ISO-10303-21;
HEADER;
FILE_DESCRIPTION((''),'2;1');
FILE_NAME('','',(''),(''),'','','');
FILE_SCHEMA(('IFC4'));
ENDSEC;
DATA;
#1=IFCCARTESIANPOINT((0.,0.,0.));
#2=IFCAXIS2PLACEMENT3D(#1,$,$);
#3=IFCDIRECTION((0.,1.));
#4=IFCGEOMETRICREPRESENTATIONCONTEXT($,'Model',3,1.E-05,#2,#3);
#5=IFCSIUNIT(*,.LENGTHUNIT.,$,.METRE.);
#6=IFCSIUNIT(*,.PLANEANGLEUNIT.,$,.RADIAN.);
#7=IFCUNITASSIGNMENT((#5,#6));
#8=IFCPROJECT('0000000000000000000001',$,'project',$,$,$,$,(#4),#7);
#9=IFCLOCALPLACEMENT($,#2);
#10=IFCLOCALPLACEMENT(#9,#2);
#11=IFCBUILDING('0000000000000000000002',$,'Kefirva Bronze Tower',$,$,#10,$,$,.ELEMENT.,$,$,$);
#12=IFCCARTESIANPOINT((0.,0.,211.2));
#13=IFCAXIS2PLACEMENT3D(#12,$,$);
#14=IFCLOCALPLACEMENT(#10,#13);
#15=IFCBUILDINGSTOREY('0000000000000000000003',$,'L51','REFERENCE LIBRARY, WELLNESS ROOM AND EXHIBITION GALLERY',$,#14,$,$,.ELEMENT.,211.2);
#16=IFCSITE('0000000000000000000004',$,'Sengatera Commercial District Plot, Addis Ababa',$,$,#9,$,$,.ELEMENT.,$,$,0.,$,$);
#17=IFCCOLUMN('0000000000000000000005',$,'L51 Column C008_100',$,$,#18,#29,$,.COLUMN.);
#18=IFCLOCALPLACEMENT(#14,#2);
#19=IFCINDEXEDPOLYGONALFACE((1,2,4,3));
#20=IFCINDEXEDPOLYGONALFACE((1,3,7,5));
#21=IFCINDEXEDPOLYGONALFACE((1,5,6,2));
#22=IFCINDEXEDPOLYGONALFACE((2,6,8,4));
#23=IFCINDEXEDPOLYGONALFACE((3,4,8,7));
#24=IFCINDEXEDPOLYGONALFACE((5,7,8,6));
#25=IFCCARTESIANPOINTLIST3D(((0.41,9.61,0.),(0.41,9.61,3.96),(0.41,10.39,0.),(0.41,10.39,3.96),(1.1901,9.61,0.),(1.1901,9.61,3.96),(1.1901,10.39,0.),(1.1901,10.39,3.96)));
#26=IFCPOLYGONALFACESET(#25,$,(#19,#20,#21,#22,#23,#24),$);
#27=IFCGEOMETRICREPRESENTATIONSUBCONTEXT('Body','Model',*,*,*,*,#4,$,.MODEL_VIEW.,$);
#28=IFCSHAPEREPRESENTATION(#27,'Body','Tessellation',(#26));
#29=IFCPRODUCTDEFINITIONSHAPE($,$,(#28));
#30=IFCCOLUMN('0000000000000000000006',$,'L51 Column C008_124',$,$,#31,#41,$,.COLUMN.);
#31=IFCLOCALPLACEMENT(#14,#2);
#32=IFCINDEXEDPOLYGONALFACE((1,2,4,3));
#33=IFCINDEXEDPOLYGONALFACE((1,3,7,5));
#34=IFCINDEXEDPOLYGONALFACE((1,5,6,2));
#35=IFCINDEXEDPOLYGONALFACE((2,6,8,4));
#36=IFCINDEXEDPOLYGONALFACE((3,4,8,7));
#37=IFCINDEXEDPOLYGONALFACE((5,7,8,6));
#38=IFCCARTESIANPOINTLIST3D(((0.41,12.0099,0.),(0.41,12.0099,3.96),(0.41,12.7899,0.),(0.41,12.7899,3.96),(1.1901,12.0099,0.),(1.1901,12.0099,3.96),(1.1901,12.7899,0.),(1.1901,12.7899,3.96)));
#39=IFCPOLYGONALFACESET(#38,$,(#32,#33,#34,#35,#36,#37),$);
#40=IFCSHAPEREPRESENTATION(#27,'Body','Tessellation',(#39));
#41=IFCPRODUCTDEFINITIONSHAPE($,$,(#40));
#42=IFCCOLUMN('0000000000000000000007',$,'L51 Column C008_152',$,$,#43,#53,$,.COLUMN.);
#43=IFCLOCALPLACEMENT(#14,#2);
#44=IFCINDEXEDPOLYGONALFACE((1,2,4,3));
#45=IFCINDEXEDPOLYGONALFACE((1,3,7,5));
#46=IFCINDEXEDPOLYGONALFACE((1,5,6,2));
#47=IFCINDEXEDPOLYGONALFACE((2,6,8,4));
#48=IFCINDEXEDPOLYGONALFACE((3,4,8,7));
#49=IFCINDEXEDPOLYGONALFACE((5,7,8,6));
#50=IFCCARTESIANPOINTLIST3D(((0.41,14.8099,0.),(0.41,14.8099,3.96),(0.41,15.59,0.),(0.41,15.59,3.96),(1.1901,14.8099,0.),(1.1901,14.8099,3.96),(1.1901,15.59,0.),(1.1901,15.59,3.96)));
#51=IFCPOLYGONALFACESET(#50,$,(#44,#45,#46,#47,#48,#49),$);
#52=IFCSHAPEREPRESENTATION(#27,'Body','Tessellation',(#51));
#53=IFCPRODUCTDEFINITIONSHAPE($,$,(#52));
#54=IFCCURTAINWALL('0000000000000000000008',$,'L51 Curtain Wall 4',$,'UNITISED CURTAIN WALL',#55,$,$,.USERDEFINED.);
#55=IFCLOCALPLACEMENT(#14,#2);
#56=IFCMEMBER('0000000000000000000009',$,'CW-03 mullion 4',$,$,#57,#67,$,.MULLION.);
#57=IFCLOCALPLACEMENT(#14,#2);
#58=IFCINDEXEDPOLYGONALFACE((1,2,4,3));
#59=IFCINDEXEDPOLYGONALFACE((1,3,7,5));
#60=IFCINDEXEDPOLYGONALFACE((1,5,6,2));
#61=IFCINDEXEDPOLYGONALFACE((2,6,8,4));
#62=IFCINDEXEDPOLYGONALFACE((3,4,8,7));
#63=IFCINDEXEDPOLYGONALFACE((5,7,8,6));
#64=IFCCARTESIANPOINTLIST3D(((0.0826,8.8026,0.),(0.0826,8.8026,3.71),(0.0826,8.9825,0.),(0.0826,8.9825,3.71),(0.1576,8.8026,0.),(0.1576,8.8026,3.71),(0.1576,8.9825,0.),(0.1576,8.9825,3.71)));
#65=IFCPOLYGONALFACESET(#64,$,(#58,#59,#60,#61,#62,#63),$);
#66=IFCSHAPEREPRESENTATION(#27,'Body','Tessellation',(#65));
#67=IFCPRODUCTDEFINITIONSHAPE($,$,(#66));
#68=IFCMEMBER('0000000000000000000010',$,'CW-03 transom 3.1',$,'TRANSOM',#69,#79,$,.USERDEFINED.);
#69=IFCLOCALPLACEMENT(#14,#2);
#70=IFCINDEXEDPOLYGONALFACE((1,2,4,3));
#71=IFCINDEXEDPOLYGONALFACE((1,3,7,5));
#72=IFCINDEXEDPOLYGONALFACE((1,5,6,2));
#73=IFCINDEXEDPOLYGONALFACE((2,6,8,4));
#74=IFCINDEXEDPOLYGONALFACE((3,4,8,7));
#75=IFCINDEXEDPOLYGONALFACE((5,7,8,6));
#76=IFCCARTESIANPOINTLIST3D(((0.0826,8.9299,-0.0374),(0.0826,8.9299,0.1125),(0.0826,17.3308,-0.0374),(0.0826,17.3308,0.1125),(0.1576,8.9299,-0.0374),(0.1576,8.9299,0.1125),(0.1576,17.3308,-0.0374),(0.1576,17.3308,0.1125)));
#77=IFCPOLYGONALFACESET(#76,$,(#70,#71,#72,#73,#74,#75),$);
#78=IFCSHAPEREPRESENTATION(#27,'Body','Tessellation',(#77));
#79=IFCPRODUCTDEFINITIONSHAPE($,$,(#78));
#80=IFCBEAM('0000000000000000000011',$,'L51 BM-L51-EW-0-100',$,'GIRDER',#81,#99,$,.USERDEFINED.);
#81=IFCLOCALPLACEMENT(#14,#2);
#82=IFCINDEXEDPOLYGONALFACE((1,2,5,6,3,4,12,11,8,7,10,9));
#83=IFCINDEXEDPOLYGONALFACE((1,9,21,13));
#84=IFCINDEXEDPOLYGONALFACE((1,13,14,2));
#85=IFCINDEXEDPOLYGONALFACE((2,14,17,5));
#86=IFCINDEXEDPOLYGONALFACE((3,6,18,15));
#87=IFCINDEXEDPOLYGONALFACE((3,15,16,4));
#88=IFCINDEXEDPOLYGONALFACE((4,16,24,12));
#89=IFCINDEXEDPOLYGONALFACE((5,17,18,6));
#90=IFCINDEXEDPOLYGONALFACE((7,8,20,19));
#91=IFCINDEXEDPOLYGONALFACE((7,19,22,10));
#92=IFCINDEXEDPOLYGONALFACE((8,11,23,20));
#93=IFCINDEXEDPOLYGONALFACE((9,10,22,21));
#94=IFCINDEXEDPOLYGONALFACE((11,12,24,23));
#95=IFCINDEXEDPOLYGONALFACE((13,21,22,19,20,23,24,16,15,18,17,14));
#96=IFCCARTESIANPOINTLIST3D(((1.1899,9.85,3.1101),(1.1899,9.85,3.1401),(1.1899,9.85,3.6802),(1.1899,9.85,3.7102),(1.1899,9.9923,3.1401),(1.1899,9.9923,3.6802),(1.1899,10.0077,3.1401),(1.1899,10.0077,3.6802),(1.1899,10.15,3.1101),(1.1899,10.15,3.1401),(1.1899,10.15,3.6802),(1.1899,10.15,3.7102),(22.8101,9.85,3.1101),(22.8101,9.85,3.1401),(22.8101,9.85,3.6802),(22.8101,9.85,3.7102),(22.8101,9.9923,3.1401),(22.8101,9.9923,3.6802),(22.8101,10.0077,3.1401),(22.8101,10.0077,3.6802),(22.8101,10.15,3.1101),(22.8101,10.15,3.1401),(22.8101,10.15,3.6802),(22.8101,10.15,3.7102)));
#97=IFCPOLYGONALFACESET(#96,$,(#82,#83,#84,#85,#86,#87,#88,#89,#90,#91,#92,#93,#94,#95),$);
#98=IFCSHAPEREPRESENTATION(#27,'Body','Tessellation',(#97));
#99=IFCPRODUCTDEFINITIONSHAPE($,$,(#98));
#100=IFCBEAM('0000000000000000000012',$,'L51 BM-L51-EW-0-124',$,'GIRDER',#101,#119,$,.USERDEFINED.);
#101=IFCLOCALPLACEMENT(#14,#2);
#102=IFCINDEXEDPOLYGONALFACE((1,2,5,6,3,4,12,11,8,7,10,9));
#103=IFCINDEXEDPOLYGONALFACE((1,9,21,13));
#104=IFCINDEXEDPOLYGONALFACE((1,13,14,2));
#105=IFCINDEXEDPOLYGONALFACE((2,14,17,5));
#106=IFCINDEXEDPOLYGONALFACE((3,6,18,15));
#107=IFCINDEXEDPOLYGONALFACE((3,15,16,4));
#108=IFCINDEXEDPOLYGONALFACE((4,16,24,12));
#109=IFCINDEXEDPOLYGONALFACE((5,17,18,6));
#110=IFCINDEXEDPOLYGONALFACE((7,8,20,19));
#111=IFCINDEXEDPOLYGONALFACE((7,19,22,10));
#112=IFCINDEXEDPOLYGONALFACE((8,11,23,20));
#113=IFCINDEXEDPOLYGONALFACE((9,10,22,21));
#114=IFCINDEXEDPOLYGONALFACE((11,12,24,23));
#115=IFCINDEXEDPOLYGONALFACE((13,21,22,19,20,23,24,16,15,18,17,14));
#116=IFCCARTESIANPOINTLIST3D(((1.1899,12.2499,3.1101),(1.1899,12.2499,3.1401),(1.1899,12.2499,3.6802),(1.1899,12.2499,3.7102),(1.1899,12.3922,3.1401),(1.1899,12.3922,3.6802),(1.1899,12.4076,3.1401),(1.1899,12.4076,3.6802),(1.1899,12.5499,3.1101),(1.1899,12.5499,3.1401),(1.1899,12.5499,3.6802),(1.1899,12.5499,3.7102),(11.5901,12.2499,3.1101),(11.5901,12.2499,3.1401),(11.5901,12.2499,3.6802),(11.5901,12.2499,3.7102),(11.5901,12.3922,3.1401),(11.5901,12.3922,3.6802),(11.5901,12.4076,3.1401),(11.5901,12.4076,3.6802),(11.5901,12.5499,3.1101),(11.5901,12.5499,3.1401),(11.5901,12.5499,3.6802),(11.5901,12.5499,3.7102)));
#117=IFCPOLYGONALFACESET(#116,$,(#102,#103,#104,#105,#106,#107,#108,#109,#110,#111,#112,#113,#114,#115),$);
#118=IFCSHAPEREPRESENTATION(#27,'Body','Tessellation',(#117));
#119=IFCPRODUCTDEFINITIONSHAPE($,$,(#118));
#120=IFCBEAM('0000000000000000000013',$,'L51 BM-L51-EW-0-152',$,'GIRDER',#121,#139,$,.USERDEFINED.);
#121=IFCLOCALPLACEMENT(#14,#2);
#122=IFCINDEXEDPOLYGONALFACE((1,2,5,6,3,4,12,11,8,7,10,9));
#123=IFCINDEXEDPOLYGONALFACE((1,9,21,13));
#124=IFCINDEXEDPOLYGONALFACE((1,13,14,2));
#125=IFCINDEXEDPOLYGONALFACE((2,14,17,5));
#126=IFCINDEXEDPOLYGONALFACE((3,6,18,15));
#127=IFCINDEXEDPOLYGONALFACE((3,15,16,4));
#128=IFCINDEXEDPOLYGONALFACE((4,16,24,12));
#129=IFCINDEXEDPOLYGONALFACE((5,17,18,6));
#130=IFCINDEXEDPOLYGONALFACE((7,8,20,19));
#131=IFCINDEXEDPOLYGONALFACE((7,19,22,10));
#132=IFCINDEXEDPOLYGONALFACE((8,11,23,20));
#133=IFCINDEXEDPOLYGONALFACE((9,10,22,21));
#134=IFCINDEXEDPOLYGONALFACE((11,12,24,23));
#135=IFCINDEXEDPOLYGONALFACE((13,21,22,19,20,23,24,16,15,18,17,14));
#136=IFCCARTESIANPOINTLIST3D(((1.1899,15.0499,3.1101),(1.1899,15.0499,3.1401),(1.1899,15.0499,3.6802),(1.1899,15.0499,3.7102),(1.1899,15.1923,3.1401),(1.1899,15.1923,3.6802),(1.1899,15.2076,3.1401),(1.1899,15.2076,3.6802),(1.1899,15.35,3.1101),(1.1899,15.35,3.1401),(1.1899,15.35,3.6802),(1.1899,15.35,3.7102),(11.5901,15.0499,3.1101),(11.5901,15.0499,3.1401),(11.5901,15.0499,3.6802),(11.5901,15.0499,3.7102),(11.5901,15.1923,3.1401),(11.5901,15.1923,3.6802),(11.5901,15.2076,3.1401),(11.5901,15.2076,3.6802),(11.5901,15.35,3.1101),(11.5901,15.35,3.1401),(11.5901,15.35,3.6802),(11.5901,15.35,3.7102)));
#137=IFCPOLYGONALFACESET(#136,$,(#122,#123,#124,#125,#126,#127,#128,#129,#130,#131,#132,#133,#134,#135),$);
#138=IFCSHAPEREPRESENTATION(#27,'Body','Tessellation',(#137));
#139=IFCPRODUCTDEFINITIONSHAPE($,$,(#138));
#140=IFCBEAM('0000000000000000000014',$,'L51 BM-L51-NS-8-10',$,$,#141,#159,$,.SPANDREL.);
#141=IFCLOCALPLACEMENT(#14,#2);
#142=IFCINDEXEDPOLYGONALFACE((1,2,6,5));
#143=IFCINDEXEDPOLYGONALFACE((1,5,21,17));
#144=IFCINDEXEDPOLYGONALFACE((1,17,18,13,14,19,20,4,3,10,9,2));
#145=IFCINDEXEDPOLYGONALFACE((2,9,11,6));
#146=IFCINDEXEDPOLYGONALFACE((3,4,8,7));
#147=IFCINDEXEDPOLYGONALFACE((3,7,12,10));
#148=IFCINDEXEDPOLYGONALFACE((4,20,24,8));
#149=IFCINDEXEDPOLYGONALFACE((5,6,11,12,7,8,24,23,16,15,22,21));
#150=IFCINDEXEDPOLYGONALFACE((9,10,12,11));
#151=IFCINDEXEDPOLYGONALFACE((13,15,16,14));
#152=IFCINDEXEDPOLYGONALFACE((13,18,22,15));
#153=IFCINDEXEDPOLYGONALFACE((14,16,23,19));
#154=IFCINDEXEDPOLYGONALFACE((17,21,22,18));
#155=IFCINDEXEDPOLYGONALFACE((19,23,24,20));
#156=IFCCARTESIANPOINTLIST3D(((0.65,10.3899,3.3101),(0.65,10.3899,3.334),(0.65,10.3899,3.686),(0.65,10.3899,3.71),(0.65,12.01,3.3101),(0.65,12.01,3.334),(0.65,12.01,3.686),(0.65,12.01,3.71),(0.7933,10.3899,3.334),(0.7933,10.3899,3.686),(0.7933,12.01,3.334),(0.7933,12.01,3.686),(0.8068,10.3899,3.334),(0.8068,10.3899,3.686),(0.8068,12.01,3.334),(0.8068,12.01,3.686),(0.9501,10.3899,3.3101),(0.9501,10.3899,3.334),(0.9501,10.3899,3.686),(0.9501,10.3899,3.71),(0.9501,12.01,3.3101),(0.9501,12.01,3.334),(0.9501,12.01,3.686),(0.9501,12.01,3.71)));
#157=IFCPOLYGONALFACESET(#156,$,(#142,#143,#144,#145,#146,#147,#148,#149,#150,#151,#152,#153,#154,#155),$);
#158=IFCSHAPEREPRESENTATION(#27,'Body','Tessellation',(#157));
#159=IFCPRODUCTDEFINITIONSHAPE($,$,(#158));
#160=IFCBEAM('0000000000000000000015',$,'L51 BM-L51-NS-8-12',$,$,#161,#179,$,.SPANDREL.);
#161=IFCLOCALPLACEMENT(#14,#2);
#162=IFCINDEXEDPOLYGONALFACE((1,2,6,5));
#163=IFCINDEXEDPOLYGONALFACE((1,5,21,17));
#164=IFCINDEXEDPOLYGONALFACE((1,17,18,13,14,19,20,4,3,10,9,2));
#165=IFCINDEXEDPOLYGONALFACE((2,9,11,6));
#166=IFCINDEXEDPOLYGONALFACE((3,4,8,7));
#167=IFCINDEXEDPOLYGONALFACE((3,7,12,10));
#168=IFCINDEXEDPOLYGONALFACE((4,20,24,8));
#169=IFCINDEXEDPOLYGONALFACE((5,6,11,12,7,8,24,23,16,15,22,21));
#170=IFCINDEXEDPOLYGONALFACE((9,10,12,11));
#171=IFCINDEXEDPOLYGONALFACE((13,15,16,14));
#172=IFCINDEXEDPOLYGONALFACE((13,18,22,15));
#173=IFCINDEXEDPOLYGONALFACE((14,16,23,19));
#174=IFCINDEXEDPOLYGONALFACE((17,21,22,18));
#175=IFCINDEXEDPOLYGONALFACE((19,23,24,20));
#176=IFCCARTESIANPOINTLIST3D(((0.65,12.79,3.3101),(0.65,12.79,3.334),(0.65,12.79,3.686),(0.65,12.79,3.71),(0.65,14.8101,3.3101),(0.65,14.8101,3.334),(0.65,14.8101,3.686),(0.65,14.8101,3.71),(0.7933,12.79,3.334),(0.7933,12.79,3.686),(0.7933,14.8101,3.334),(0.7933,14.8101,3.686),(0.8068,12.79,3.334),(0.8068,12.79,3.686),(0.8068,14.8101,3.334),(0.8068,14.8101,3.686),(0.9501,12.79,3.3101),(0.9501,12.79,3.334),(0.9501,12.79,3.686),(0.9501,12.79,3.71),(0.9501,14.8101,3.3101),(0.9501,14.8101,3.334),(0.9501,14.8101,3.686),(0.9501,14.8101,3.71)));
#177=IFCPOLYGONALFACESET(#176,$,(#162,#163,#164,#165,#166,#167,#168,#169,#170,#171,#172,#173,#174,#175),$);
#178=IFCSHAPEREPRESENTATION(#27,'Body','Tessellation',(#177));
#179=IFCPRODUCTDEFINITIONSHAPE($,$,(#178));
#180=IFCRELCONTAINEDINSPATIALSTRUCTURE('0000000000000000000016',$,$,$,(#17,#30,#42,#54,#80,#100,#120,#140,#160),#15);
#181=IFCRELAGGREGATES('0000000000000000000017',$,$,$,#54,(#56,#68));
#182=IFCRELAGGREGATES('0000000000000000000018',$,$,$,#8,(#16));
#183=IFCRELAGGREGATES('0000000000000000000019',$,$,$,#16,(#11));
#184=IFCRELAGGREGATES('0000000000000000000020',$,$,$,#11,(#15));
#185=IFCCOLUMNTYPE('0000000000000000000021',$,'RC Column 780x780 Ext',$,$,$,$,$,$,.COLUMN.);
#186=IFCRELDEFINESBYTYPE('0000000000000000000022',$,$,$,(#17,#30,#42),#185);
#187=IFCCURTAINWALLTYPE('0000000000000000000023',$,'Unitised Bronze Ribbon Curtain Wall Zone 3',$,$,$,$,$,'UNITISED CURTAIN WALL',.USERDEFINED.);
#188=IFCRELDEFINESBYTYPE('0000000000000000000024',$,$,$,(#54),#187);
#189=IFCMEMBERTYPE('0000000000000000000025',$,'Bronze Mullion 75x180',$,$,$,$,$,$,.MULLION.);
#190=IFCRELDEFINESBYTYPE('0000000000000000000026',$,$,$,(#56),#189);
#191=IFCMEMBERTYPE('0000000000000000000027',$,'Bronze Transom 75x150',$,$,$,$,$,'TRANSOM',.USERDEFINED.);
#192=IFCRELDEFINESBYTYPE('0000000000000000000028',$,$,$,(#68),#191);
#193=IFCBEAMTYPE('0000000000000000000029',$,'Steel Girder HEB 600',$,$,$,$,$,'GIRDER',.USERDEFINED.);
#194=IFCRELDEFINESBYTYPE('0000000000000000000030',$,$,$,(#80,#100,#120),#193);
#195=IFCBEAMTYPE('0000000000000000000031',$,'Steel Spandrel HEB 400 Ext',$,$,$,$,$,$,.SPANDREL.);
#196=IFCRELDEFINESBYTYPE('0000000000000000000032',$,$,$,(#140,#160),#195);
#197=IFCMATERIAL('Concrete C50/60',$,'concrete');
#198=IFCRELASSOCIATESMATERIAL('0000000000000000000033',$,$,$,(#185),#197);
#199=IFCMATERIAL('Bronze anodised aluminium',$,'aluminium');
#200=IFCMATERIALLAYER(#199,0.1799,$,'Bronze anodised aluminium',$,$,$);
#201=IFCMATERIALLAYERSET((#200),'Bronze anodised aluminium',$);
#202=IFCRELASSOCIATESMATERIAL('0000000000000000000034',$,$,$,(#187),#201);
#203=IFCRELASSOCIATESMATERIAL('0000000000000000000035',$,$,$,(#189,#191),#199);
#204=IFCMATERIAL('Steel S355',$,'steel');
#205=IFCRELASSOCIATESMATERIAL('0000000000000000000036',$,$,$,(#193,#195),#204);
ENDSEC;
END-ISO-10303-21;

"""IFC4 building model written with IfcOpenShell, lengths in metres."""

from ifc_helpers import new_model, si_unit, direction, frame, origin, origin_2d, place, context, subcontext, project, spatial, rectangle, i_section, extrude, material, layer, layer_set, material_profile, profile_set, type_object, element, aggregate, save


model = new_model("IFC4")

# Units and contexts
model_context = context("Model", 3, precision=1e-05, world=origin(), true_north=direction((0.0, 1.0)))
body_context = subcontext(model_context, "Body", "Model", "MODEL_VIEW")
ifc_project = project(units=[si_unit("LENGTHUNIT", "METRE"), si_unit("PLANEANGLEUNIT", "RADIAN")], contexts=[model_context])

# Site, building, storey
site_placement = place(None, origin())
site = spatial("IfcSite", under=ifc_project, at=site_placement, Name="Sengatera Commercial District Plot, Addis Ababa", CompositionType="ELEMENT", RefElevation=0.0)
building_placement = place(site_placement, origin())
building = spatial("IfcBuilding", under=site, at=building_placement, Name="Kefirva Bronze Tower", CompositionType="ELEMENT")
storey_placement = place(building_placement, frame((0.0, 0.0, 211.2)))
storey = spatial("IfcBuildingStorey", under=building, at=storey_placement, Name="L51", Description="REFERENCE LIBRARY, WELLNESS ROOM AND EXHIBITION GALLERY", CompositionType="ELEMENT", Elevation=211.2)

# Columns
ifc_material_1 = material(Name="Concrete C50/60", Category="concrete")
ifc_material_profile_1 = material_profile(ifc_material_1, rectangle(XDim=0.78, YDim=0.78, at=origin_2d()), Name="RC 780x780")
ifc_profile_set_1 = profile_set([ifc_material_profile_1], Name="Concrete C50/60")
column_type = type_object("IfcColumnType", Name="RC Column 780x780 Ext", PredefinedType="COLUMN", material=ifc_profile_set_1)
for number, where, z_axis, x_axis, name in (
    (1, (0.8, 10.0, 0.0), (0.0, 0.0, 1.0), (1.0, 0.0, 0.0), "L51 Column C008_100"),
    (2, (0.8, 12.3999, 0.0), (0.0, 0.0, 1.0), (1.0, 0.0, 0.0), "L51 Column C008_124"),
    (3, (0.8, 15.2, 0.0), (0.0, 0.0, 1.0), (1.0, 0.0, 0.0), "L51 Column C008_152"),
):
    element("IfcColumn", number, at=place(storey_placement, frame(where, z_axis=z_axis, x_axis=x_axis)), inside=storey, type_object=column_type, Name=name, PredefinedType="COLUMN", context=body_context, shape_type="SweptSolid", body=[
        extrude(rectangle(XDim=0.78, YDim=0.78, at=origin_2d()), origin(), (0.0, 0.0, 1.0), 3.96),
    ])

# Curtain wall, members
ifc_material_2 = material(Name="Bronze anodised aluminium", Category="aluminium")
ifc_layer_1 = layer(ifc_material_2, 0.1799, Name="Bronze anodised aluminium")
ifc_layer_set_1 = layer_set([ifc_layer_1], Name="Bronze anodised aluminium")
curtain_wall_type = type_object("IfcCurtainWallType", Name="Unitised Bronze Ribbon Curtain Wall Zone 3", ElementType="UNITISED CURTAIN WALL", PredefinedType="USERDEFINED", material=ifc_layer_set_1)
curtain_wall_placement = place(storey_placement, origin())
curtain_wall = element("IfcCurtainWall", 4, at=curtain_wall_placement, inside=storey, type_object=curtain_wall_type, Name="L51 Curtain Wall 4", ObjectType="UNITISED CURTAIN WALL", PredefinedType="USERDEFINED")
ifc_material_profile_2 = material_profile(ifc_material_2, rectangle(XDim=0.075, YDim=0.1799, at=origin_2d()), Name="ALU 75x180")
ifc_profile_set_2 = profile_set([ifc_material_profile_2], Name="Bronze anodised aluminium")
member_type_1 = type_object("IfcMemberType", Name="Bronze Mullion 75x180", PredefinedType="MULLION", material=ifc_profile_set_2)
member_1_placement = place(storey_placement, frame((0.1201, 8.8926, 0.0), z_axis=(0.0, 0.0, 1.0), x_axis=(1.0, 0.0, 0.0)))
member_1 = element("IfcMember", 5, at=member_1_placement, type_object=member_type_1, Name="CW-03 mullion 4", PredefinedType="MULLION", context=body_context, shape_type="SweptSolid", body=[
    extrude(rectangle(XDim=0.075, YDim=0.1799, at=origin_2d()), origin(), (0.0, 0.0, 1.0), 3.71),
])
ifc_material_profile_3 = material_profile(ifc_material_2, rectangle(XDim=0.075, YDim=0.1499, at=origin_2d()), Name="ALU 75x150")
ifc_profile_set_3 = profile_set([ifc_material_profile_3], Name="Bronze anodised aluminium")
member_type_2 = type_object("IfcMemberType", Name="Bronze Transom 75x150", ElementType="TRANSOM", PredefinedType="USERDEFINED", material=ifc_profile_set_3)
member_2_placement = place(storey_placement, frame((0.1201, 17.3308, 0.0376), z_axis=(0.0, -1.0, 0.0), x_axis=(1.0, 0.0, 0.0)))
member_2 = element("IfcMember", 6, at=member_2_placement, type_object=member_type_2, Name="CW-03 transom 3.1", ObjectType="TRANSOM", PredefinedType="USERDEFINED", context=body_context, shape_type="SweptSolid", body=[
    extrude(rectangle(XDim=0.075, YDim=0.1499, at=origin_2d()), origin(), (0.0, 0.0, 1.0), 8.4009),
])

# Beams
ifc_material_3 = material(Name="Steel S355", Category="steel")
ifc_material_profile_4 = material_profile(ifc_material_3, i_section(OverallWidth=0.3, OverallDepth=0.6001, WebThickness=0.0154, FlangeThickness=0.03, at=origin_2d()), Name="HEB 600")
ifc_profile_set_4 = profile_set([ifc_material_profile_4], Name="Steel S355")
beam_type_1 = type_object("IfcBeamType", Name="Steel Girder HEB 600", ElementType="GIRDER", PredefinedType="USERDEFINED", material=ifc_profile_set_4)
beam_1_placement = place(storey_placement, frame((1.1899, 10.0, 3.4102), z_axis=(1.0, 0.0, 0.0), x_axis=(0.0, 1.0, 0.0)))
element("IfcBeam", 7, at=beam_1_placement, inside=storey, type_object=beam_type_1, Name="L51 BM-L51-EW-0-100", ObjectType="GIRDER", PredefinedType="USERDEFINED", context=body_context, shape_type="SweptSolid", body=[
    extrude(i_section(OverallWidth=0.3, OverallDepth=0.6001, WebThickness=0.0154, FlangeThickness=0.03, at=origin_2d()), origin(), (0.0, 0.0, 1.0), 21.6201),
])
for number, where, z_axis, x_axis, name in (
    (8, (1.1899, 12.3999, 3.4102), (1.0, 0.0, 0.0), (0.0, 1.0, 0.0), "L51 BM-L51-EW-0-124"),
    (9, (1.1899, 15.2, 3.4102), (1.0, 0.0, 0.0), (0.0, 1.0, 0.0), "L51 BM-L51-EW-0-152"),
):
    element("IfcBeam", number, at=place(storey_placement, frame(where, z_axis=z_axis, x_axis=x_axis)), inside=storey, type_object=beam_type_1, Name=name, ObjectType="GIRDER", PredefinedType="USERDEFINED", context=body_context, shape_type="SweptSolid", body=[
        extrude(i_section(OverallWidth=0.3, OverallDepth=0.6001, WebThickness=0.0154, FlangeThickness=0.03, at=origin_2d()), origin(), (0.0, 0.0, 1.0), 10.4001),
    ])
ifc_material_profile_5 = material_profile(ifc_material_3, i_section(OverallWidth=0.3, OverallDepth=0.3999, WebThickness=0.0134, FlangeThickness=0.0239, at=origin_2d()), Name="HEB 400")
ifc_profile_set_5 = profile_set([ifc_material_profile_5], Name="Steel S355")
beam_type_2 = type_object("IfcBeamType", Name="Steel Spandrel HEB 400 Ext", PredefinedType="SPANDREL", material=ifc_profile_set_5)
beam_2_placement = place(storey_placement, frame((0.8, 10.3899, 3.51), z_axis=(0.0, 1.0, 0.0), x_axis=(-1.0, 0.0, 0.0)))
element("IfcBeam", 10, at=beam_2_placement, inside=storey, type_object=beam_type_2, Name="L51 BM-L51-NS-8-10", PredefinedType="SPANDREL", context=body_context, shape_type="SweptSolid", body=[
    extrude(i_section(OverallWidth=0.3, OverallDepth=0.3999, WebThickness=0.0134, FlangeThickness=0.0239, at=origin_2d()), origin(), (0.0, 0.0, 1.0), 1.6201),
])
beam_3_placement = place(storey_placement, frame((0.8, 12.79, 3.51), z_axis=(0.0, 1.0, 0.0), x_axis=(-1.0, 0.0, 0.0)))
element("IfcBeam", 11, at=beam_3_placement, inside=storey, type_object=beam_type_2, Name="L51 BM-L51-NS-8-12", PredefinedType="SPANDREL", context=body_context, shape_type="SweptSolid", body=[
    extrude(i_section(OverallWidth=0.3, OverallDepth=0.3999, WebThickness=0.0134, FlangeThickness=0.0239, at=origin_2d()), origin(), (0.0, 0.0, 1.0), 2.02),
])

aggregate(curtain_wall, [member_1, member_2])

save(model, "model.ifc")
